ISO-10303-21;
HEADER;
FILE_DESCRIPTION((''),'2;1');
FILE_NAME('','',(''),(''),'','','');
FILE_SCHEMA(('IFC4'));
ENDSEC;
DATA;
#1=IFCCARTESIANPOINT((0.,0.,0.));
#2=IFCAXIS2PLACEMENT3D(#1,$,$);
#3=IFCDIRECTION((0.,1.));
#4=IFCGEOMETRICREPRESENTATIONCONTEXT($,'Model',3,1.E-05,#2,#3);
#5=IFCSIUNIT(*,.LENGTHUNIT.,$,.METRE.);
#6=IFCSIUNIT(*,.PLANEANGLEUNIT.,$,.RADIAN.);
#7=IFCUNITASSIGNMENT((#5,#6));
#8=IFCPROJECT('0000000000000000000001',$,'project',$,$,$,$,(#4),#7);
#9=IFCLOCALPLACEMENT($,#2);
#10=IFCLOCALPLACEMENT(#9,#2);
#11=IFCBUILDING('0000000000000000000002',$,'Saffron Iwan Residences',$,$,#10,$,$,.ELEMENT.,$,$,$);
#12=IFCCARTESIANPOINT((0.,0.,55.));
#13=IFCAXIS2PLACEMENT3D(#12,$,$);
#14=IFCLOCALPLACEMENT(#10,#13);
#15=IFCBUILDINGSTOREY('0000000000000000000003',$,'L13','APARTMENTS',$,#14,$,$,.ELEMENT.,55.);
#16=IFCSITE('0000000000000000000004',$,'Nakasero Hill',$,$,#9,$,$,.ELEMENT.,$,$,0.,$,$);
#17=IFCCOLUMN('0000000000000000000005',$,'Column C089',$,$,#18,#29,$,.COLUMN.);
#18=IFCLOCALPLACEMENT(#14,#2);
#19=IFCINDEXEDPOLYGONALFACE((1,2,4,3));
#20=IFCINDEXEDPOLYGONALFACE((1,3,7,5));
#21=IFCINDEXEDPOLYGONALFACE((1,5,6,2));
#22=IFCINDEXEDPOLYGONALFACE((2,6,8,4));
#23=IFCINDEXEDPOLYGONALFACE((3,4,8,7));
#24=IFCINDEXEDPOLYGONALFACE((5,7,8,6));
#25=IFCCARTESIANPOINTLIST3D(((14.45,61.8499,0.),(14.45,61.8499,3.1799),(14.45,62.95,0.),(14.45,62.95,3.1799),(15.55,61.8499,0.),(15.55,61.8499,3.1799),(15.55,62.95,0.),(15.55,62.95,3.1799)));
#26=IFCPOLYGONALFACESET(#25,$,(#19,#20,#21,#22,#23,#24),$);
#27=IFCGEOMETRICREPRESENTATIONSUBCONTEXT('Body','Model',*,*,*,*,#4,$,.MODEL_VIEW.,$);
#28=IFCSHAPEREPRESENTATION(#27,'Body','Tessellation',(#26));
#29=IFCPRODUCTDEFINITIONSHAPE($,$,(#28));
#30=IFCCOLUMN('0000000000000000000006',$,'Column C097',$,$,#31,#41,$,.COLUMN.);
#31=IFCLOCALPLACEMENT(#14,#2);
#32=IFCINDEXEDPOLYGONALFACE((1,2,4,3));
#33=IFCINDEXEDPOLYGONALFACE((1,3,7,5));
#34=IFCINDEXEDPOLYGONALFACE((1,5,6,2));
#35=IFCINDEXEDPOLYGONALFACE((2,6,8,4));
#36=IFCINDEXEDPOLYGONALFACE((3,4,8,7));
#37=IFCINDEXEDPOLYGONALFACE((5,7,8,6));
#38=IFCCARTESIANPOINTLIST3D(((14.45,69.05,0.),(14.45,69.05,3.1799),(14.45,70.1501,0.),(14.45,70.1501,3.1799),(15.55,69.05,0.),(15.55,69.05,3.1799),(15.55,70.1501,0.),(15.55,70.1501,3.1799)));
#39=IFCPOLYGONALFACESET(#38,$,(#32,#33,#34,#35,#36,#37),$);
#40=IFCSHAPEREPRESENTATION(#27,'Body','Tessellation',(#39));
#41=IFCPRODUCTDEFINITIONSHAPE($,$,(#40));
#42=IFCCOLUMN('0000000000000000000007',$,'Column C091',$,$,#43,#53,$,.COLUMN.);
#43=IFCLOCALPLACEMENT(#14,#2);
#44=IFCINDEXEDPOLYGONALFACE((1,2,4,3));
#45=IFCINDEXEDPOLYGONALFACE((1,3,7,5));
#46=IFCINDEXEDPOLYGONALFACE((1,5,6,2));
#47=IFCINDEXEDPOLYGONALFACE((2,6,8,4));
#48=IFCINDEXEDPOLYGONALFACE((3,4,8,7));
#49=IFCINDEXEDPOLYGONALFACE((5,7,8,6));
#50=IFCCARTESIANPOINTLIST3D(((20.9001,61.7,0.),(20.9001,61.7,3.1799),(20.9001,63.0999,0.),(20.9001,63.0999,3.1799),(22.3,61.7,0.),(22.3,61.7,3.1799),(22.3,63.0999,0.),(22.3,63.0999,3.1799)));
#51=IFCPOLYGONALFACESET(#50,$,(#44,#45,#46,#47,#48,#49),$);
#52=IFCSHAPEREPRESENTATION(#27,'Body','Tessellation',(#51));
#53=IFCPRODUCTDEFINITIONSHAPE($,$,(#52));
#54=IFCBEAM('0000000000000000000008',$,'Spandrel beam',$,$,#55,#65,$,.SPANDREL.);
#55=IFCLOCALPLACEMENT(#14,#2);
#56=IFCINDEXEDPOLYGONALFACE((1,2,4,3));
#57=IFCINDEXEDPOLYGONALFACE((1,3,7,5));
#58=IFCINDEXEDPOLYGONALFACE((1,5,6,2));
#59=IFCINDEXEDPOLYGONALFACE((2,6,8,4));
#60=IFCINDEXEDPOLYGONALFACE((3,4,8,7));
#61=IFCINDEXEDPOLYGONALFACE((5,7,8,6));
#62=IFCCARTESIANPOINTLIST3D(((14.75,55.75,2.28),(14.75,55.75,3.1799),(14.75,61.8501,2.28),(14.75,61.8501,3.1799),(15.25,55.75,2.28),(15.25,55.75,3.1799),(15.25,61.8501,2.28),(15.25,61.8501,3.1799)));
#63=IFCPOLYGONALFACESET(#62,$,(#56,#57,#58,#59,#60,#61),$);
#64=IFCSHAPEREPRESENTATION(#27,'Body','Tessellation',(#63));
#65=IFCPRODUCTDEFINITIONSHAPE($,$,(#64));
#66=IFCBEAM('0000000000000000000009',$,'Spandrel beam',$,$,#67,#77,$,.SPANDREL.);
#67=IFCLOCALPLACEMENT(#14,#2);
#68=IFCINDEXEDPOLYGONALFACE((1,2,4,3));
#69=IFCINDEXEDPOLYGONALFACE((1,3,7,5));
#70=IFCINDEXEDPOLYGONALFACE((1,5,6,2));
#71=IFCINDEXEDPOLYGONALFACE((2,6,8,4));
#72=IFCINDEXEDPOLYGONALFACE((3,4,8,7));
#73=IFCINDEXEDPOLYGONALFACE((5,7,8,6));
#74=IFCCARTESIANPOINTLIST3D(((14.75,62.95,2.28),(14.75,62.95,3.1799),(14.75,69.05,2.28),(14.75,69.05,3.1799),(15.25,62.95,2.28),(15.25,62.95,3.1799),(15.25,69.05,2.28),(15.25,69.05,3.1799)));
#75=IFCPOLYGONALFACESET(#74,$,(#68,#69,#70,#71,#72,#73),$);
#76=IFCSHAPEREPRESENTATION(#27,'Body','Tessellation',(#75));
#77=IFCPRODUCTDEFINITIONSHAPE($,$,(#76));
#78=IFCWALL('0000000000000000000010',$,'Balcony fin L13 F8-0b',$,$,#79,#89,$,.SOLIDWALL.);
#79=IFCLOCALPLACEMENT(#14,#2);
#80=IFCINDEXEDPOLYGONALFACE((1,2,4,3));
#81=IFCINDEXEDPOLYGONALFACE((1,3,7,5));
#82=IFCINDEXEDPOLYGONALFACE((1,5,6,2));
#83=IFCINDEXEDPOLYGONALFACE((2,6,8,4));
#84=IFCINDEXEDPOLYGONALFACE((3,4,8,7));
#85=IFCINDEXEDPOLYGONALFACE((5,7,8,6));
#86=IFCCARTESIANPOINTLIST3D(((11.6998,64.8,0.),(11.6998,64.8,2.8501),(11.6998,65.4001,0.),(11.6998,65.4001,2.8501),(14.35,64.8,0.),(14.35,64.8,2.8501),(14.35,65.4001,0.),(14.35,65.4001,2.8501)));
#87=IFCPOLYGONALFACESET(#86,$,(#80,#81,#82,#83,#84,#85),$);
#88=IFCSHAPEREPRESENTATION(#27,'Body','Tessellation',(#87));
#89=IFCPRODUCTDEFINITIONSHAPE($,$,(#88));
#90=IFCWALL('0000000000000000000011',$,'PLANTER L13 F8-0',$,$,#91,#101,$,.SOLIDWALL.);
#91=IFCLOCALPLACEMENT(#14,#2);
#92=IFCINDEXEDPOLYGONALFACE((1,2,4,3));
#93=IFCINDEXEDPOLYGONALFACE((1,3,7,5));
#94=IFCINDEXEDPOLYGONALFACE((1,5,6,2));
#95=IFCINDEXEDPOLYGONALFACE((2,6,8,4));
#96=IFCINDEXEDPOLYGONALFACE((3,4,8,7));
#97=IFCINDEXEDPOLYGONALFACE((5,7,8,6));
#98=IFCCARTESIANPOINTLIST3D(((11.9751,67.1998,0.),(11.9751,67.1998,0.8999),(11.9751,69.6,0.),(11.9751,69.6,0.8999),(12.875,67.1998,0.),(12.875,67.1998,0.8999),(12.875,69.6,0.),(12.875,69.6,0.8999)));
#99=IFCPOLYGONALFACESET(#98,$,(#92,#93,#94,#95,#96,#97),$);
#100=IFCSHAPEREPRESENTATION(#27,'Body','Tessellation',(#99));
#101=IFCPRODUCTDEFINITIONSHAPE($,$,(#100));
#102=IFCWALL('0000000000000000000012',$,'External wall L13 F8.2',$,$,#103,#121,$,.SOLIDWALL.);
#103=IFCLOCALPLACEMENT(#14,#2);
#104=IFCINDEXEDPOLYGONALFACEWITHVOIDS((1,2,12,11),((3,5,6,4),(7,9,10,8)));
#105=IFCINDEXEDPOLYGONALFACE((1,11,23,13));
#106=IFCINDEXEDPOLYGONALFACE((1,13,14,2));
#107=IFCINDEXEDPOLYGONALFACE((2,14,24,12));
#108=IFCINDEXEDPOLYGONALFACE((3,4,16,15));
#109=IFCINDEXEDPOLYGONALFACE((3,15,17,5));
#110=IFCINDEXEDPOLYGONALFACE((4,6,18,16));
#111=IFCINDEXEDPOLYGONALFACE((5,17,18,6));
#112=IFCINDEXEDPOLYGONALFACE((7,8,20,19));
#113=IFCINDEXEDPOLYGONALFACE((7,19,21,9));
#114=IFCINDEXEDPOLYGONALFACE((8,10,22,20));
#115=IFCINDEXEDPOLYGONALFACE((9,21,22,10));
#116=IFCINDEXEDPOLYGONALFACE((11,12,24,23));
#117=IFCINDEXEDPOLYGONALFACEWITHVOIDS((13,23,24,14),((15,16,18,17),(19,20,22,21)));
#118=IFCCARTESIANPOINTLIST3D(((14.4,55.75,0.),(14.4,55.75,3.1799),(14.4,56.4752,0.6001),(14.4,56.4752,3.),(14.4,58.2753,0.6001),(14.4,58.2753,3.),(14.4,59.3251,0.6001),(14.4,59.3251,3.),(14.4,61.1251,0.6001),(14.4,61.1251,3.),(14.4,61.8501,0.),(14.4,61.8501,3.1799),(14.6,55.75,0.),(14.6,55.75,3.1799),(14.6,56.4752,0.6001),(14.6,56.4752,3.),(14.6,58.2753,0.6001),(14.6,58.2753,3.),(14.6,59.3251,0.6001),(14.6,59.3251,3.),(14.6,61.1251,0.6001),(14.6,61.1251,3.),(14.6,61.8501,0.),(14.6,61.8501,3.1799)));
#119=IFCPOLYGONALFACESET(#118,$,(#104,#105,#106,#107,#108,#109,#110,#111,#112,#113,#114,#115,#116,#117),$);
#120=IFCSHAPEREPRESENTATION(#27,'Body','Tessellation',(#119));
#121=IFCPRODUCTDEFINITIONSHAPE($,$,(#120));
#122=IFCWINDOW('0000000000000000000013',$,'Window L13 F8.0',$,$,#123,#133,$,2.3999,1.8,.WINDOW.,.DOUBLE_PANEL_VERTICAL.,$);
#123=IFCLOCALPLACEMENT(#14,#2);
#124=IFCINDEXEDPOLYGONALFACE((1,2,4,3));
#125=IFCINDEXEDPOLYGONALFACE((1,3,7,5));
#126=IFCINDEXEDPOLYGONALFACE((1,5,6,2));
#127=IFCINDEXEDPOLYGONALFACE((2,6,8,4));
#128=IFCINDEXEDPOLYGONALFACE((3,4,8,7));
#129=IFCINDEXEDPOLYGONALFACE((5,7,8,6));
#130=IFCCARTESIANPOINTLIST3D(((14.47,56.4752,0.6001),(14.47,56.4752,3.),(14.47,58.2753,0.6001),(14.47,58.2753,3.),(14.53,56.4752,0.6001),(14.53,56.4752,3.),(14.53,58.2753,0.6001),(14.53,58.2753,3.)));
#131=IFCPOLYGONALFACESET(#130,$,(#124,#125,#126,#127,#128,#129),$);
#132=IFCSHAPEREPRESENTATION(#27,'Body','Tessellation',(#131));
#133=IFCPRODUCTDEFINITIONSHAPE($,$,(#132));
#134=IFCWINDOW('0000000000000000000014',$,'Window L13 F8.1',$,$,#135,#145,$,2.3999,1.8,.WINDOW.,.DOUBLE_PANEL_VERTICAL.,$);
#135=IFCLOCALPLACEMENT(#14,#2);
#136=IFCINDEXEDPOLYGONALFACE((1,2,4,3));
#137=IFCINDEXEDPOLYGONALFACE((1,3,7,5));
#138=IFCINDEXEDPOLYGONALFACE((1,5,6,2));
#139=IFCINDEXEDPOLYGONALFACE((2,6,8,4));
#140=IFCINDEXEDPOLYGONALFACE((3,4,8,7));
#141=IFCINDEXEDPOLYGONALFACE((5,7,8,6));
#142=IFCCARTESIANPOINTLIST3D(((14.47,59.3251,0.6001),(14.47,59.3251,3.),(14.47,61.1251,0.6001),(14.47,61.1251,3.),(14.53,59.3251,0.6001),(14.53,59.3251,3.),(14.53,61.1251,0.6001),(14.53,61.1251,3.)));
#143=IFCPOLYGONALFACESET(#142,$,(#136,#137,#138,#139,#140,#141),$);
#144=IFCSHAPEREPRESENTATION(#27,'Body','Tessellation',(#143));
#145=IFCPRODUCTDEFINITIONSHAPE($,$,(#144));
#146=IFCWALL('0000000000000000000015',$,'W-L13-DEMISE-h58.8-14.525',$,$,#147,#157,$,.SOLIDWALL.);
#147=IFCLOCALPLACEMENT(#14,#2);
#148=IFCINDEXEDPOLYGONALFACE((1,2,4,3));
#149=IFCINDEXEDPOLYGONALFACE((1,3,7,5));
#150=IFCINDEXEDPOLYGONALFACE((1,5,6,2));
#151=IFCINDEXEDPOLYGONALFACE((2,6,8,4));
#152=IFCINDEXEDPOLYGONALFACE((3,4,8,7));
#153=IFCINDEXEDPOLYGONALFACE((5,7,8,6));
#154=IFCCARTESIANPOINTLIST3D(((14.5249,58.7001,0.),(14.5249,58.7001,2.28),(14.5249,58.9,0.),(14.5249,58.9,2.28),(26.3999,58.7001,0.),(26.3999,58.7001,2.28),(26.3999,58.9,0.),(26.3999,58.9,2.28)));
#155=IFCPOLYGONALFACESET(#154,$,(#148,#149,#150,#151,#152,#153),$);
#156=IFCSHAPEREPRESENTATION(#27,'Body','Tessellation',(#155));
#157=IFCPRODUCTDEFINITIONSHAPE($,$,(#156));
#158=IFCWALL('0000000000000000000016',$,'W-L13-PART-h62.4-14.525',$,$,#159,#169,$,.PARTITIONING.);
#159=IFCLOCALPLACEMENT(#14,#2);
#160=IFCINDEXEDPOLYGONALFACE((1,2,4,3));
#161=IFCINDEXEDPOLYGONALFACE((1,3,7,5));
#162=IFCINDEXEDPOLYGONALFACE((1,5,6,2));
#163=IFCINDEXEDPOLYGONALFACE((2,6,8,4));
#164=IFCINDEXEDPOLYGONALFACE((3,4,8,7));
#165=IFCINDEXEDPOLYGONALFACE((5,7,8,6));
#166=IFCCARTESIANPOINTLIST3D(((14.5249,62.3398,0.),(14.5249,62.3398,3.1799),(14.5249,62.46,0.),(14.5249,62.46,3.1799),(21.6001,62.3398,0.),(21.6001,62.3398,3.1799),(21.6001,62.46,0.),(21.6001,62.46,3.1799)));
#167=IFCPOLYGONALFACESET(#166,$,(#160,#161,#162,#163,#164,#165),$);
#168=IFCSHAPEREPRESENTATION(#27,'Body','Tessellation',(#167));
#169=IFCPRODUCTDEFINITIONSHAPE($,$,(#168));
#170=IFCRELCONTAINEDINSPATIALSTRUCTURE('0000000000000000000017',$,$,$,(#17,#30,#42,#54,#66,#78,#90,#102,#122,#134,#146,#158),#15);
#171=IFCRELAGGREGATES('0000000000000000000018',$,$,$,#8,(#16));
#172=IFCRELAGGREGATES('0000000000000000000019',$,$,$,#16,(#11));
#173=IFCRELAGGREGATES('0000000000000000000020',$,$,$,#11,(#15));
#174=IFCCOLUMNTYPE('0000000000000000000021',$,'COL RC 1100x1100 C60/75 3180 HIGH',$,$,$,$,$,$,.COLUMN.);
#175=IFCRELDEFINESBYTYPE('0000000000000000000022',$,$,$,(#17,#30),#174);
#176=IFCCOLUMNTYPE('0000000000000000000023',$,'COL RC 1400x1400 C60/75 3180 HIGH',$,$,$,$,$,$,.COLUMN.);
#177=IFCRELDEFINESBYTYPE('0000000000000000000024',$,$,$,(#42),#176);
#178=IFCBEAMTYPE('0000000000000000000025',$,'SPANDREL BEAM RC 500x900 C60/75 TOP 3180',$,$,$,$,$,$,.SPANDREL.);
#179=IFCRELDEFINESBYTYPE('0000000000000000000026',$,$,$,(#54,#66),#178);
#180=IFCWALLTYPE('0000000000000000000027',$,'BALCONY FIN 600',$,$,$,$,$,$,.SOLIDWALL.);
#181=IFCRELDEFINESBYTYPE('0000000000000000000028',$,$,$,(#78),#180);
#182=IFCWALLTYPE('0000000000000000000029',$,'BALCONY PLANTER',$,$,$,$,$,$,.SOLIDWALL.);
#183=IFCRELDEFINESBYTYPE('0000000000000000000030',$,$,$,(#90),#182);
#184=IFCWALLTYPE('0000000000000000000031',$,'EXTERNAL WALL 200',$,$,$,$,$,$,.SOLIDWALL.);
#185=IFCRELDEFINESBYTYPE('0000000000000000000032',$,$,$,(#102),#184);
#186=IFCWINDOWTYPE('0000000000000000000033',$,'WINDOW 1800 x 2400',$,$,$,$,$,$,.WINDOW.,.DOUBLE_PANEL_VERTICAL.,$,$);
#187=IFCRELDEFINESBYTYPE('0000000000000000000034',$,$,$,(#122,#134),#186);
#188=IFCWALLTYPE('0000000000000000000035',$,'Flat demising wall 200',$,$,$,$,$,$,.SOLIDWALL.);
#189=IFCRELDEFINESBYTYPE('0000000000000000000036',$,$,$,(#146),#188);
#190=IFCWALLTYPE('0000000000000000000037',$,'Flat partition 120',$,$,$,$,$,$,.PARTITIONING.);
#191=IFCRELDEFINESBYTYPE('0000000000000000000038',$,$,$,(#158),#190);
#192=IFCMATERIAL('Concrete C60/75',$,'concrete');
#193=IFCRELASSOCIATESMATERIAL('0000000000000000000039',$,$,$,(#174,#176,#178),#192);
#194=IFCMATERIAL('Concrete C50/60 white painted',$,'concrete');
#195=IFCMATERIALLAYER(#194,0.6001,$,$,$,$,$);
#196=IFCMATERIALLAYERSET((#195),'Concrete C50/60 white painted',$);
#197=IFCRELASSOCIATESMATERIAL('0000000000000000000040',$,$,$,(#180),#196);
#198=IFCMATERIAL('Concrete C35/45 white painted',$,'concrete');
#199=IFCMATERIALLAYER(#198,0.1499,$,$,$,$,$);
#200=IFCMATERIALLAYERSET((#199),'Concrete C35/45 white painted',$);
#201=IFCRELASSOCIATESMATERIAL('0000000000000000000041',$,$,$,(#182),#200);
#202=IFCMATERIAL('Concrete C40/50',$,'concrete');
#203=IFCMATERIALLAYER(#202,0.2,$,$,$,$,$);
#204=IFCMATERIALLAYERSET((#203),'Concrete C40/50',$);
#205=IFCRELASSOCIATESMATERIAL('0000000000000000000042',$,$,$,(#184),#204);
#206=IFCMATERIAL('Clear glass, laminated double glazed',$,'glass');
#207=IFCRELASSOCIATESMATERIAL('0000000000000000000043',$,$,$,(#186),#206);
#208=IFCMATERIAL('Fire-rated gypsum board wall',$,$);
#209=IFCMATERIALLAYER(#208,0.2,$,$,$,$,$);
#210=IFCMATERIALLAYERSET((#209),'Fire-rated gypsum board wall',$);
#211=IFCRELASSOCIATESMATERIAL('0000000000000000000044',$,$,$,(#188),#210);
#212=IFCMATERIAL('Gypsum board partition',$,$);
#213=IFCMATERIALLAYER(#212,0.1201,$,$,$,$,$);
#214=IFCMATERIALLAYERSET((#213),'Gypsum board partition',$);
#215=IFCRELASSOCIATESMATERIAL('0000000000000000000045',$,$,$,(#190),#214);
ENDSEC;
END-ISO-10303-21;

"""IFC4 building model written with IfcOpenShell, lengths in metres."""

from ifc_helpers import new_model, si_unit, direction, frame, frame_2d, origin, origin_2d, place, context, subcontext, project, spatial, rectangle, extrude, source, transform, mapped, material, layer, layer_set, material_profile, profile_set, type_object, element, fill, save


model = new_model("IFC4")

# Units and contexts
model_context = context("Model", 3, precision=1e-05, world=origin(), true_north=direction((0.0, 1.0)))
body_context = subcontext(model_context, "Body", "Model", "MODEL_VIEW")
ifc_project = project(units=[si_unit("LENGTHUNIT", "METRE"), si_unit("PLANEANGLEUNIT", "RADIAN")], contexts=[model_context])

# Site, building, storey
site_placement = place(None, origin())
site = spatial("IfcSite", under=ifc_project, at=site_placement, Name="Nakasero Hill", CompositionType="ELEMENT", RefElevation=0.0)
building_placement = place(site_placement, origin())
building = spatial("IfcBuilding", under=site, at=building_placement, Name="Saffron Iwan Residences", CompositionType="ELEMENT")
storey_placement = place(building_placement, frame((0.0, 0.0, 55.0)))
storey = spatial("IfcBuildingStorey", under=building, at=storey_placement, Name="L13", Description="APARTMENTS", CompositionType="ELEMENT", Elevation=55.0)

# Columns
ifc_material_1 = material(Name="Concrete C60/75", Category="concrete")
ifc_material_profile_1 = material_profile(ifc_material_1, rectangle(XDim=1.1001, YDim=1.1001, at=origin_2d()), Name="RC 1100x1100")
ifc_profile_set_1 = profile_set([ifc_material_profile_1], Name="Concrete C60/75")
column_type_1 = type_object("IfcColumnType", Name="COL RC 1100x1100 C60/75 3180 HIGH", PredefinedType="COLUMN", material=ifc_profile_set_1)
shared_shape_1 = source(origin(), body_context, "Body", "SweptSolid", [
    extrude(rectangle(XDim=1.1001, YDim=1.1001, at=origin_2d()), origin(), (0.0, 0.0, 1.0), 3.1799),
])
for number, where, z_axis, x_axis, name in (
    (1, (15.0, 62.3999, 0.0), (0.0, 0.0, 1.0), (1.0, 0.0, 0.0), "Column C089"),
    (2, (15.0, 69.6001, 0.0), (0.0, 0.0, 1.0), (1.0, 0.0, 0.0), "Column C097"),
):
    element("IfcColumn", number, at=place(storey_placement, frame(where, z_axis=z_axis, x_axis=x_axis)), inside=storey, type_object=column_type_1, Name=name, PredefinedType="COLUMN", context=body_context, shape_type="MappedRepresentation", body=[
        mapped(shared_shape_1, transform((0.0, 0.0, 0.0))),
    ])
ifc_material_profile_2 = material_profile(ifc_material_1, rectangle(XDim=1.3999, YDim=1.3999, at=origin_2d()), Name="RC 1400x1400")
ifc_profile_set_2 = profile_set([ifc_material_profile_2], Name="Concrete C60/75")
column_type_2 = type_object("IfcColumnType", Name="COL RC 1400x1400 C60/75 3180 HIGH", PredefinedType="COLUMN", material=ifc_profile_set_2)
shared_shape_2 = source(origin(), body_context, "Body", "SweptSolid", [
    extrude(rectangle(XDim=1.3999, YDim=1.3999, at=origin_2d()), origin(), (0.0, 0.0, 1.0), 3.1799),
])
column_placement = place(storey_placement, frame((21.6001, 62.3999, 0.0), z_axis=(0.0, 0.0, 1.0), x_axis=(1.0, 0.0, 0.0)))
element("IfcColumn", 3, at=column_placement, inside=storey, type_object=column_type_2, Name="Column C091", PredefinedType="COLUMN", context=body_context, shape_type="MappedRepresentation", body=[
    mapped(shared_shape_2, transform((0.0, 0.0, 0.0))),
])

# Beams
ifc_material_profile_3 = material_profile(ifc_material_1, rectangle(XDim=0.5, YDim=0.8999, at=origin_2d()), Name="RC 500x900")
ifc_profile_set_3 = profile_set([ifc_material_profile_3], Name="Concrete C60/75")
beam_type = type_object("IfcBeamType", Name="SPANDREL BEAM RC 500x900 C60/75 TOP 3180", PredefinedType="SPANDREL", material=ifc_profile_set_3)
shared_shape_3 = source(origin(), body_context, "Body", "SweptSolid", [
    extrude(rectangle(XDim=0.5, YDim=0.8999, at=origin_2d()), origin(), (0.0, 0.0, 1.0), 6.1001),
])
for number, where, z_axis, x_axis, name in (
    (4, (15.0, 55.75, 2.73), (0.0, 1.0, 0.0), (-1.0, 0.0, 0.0), "Spandrel beam"),
    (5, (15.0, 62.95, 2.73), (0.0, 1.0, 0.0), (-1.0, 0.0, 0.0), "Spandrel beam"),
):
    element("IfcBeam", number, at=place(storey_placement, frame(where, z_axis=z_axis, x_axis=x_axis)), inside=storey, type_object=beam_type, Name=name, PredefinedType="SPANDREL", context=body_context, shape_type="MappedRepresentation", body=[
        mapped(shared_shape_3, transform((0.0, 0.0, 0.0))),
    ])

# Walls
ifc_material_2 = material(Name="Concrete C50/60 white painted", Category="concrete")
ifc_layer_1 = layer(ifc_material_2, 0.6001)
ifc_layer_set_1 = layer_set([ifc_layer_1], Name="Concrete C50/60 white painted")
wall_type_1 = type_object("IfcWallType", Name="BALCONY FIN 600", PredefinedType="SOLIDWALL", material=ifc_layer_set_1)
wall_1_placement = place(storey_placement, frame((14.3501, 65.1001, 0.0), z_axis=(0.0, 0.0, 1.0), x_axis=(-1.0, 0.0, 0.0)))
element("IfcWall", 6, at=wall_1_placement, inside=storey, type_object=wall_type_1, Name="Balcony fin L13 F8-0b", PredefinedType="SOLIDWALL", context=body_context, shape_type="SweptSolid", body=[
    extrude(rectangle(XDim=2.6501, YDim=0.6001, at=frame_2d((1.3252, 0.0))), origin(), (0.0, 0.0, 1.0), 2.8501),
])
ifc_material_3 = material(Name="Concrete C35/45 white painted", Category="concrete")
ifc_layer_2 = layer(ifc_material_3, 0.1499)
ifc_layer_set_2 = layer_set([ifc_layer_2], Name="Concrete C35/45 white painted")
wall_type_2 = type_object("IfcWallType", Name="BALCONY PLANTER", PredefinedType="SOLIDWALL", material=ifc_layer_set_2)
wall_2_placement = place(storey_placement, frame((12.425, 69.6001, 0.0), z_axis=(0.0, 0.0, 1.0), x_axis=(0.0, -1.0, 0.0)))
element("IfcWall", 7, at=wall_2_placement, inside=storey, type_object=wall_type_2, Name="PLANTER L13 F8-0", PredefinedType="SOLIDWALL", context=body_context, shape_type="SweptSolid", body=[
    extrude(rectangle(XDim=2.4001, YDim=0.8999, at=frame_2d((1.2002, 0.0))), origin(), (0.0, 0.0, 1.0), 0.8999),
])

# Shared definitions
ifc_material_4 = material(Name="Concrete C40/50", Category="concrete")
ifc_layer_3 = layer(ifc_material_4, 0.2)
ifc_layer_set_3 = layer_set([ifc_layer_3], Name="Concrete C40/50")
wall_type_3 = type_object("IfcWallType", Name="EXTERNAL WALL 200", PredefinedType="SOLIDWALL", material=ifc_layer_set_3)
ifc_material_5 = material(Name="Clear glass, laminated double glazed", Category="glass")

# Wall, openings, windows
wall_3_placement = place(storey_placement, frame((14.5, 61.8501, 0.0), z_axis=(0.0, 0.0, 1.0), x_axis=(0.0, -1.0, 0.0)))
wall_3 = element("IfcWall", 8, at=wall_3_placement, inside=storey, type_object=wall_type_3, Name="External wall L13 F8.2", PredefinedType="SOLIDWALL", context=body_context, shape_type="SweptSolid", body=[
    extrude(rectangle(XDim=6.1001, YDim=0.2, at=frame_2d((3.05, 0.0))), origin(), (0.0, 0.0, 1.0), 3.1799),
])
opening_1_placement = place(wall_3_placement, frame((3.575, 0.0, 0.6001)))
opening_1 = element("IfcOpeningElement", 9, at=opening_1_placement, cuts=wall_3, PredefinedType="OPENING", context=body_context, shape_type="SweptSolid", body=[
    extrude(rectangle(XDim=1.8, YDim=2.3999, at=frame_2d((0.8999, 1.2))), frame((0.0, 0.1099, 0.0), z_axis=(0.0, -1.0, 0.0), x_axis=(1.0, 0.0, 0.0)), (0.0, 0.0, 1.0), 0.22),
])
opening_2_placement = place(wall_3_placement, frame((0.7251, 0.0, 0.6001)))
opening_2 = element("IfcOpeningElement", 10, at=opening_2_placement, cuts=wall_3, PredefinedType="OPENING", context=body_context, shape_type="SweptSolid", body=[
    extrude(rectangle(XDim=1.8, YDim=2.3999, at=frame_2d((0.8999, 1.2))), frame((0.0, 0.1099, 0.0), z_axis=(0.0, -1.0, 0.0), x_axis=(1.0, 0.0, 0.0)), (0.0, 0.0, 1.0), 0.22),
])
window_type_1 = type_object("IfcWindowType", Name="WINDOW 1800 x 2400", PartitioningType="DOUBLE_PANEL_VERTICAL", PredefinedType="WINDOW", material=ifc_material_5)
window_1_placement = place(opening_1_placement, origin())
window_1 = element("IfcWindow", 11, at=window_1_placement, inside=storey, type_object=window_type_1, Name="Window L13 F8.0", OverallHeight=2.3999, OverallWidth=1.8, PartitioningType="DOUBLE_PANEL_VERTICAL", PredefinedType="WINDOW", context=body_context, shape_type="SweptSolid", body=[
    extrude(rectangle(XDim=1.8, YDim=2.3999, at=frame_2d((0.8999, 1.2))), frame((0.0, 0.03, 0.0), z_axis=(0.0, -1.0, 0.0), x_axis=(1.0, 0.0, 0.0)), (0.0, 0.0, 1.0), 0.0601),
])
fill(opening_1, window_1)
window_2_placement = place(opening_2_placement, origin())
window_2 = element("IfcWindow", 12, at=window_2_placement, inside=storey, type_object=window_type_1, Name="Window L13 F8.1", OverallHeight=2.3999, OverallWidth=1.8, PartitioningType="DOUBLE_PANEL_VERTICAL", PredefinedType="WINDOW", context=body_context, shape_type="SweptSolid", body=[
    extrude(rectangle(XDim=1.8, YDim=2.3999, at=frame_2d((0.8999, 1.2))), frame((0.0, 0.03, 0.0), z_axis=(0.0, -1.0, 0.0), x_axis=(1.0, 0.0, 0.0)), (0.0, 0.0, 1.0), 0.0601),
])
fill(opening_2, window_2)

# Walls
ifc_material_6 = material(Name="Fire-rated gypsum board wall")
ifc_layer_4 = layer(ifc_material_6, 0.2)
ifc_layer_set_4 = layer_set([ifc_layer_4], Name="Fire-rated gypsum board wall")
wall_type_4 = type_object("IfcWallType", Name="Flat demising wall 200", PredefinedType="SOLIDWALL", material=ifc_layer_set_4)
wall_4_placement = place(storey_placement, frame((14.5249, 58.8, 0.0), z_axis=(0.0, 0.0, 1.0), x_axis=(1.0, 0.0, 0.0)))
element("IfcWall", 13, at=wall_4_placement, inside=storey, type_object=wall_type_4, Name="W-L13-DEMISE-h58.8-14.525", PredefinedType="SOLIDWALL", context=body_context, shape_type="SweptSolid", body=[
    extrude(rectangle(XDim=11.875, YDim=0.2, at=frame_2d((5.9375, 0.0))), origin(), (0.0, 0.0, 1.0), 2.28),
])
ifc_material_7 = material(Name="Gypsum board partition")
ifc_layer_5 = layer(ifc_material_7, 0.1201)
ifc_layer_set_5 = layer_set([ifc_layer_5], Name="Gypsum board partition")
wall_type_5 = type_object("IfcWallType", Name="Flat partition 120", PredefinedType="PARTITIONING", material=ifc_layer_set_5)
wall_5_placement = place(storey_placement, frame((14.5249, 62.3999, 0.0), z_axis=(0.0, 0.0, 1.0), x_axis=(1.0, 0.0, 0.0)))
element("IfcWall", 14, at=wall_5_placement, inside=storey, type_object=wall_type_5, Name="W-L13-PART-h62.4-14.525", PredefinedType="PARTITIONING", context=body_context, shape_type="SweptSolid", body=[
    extrude(rectangle(XDim=7.0752, YDim=0.1201, at=frame_2d((3.5376, 0.0))), origin(), (0.0, 0.0, 1.0), 3.1799),
])

save(model, "model.ifc")
